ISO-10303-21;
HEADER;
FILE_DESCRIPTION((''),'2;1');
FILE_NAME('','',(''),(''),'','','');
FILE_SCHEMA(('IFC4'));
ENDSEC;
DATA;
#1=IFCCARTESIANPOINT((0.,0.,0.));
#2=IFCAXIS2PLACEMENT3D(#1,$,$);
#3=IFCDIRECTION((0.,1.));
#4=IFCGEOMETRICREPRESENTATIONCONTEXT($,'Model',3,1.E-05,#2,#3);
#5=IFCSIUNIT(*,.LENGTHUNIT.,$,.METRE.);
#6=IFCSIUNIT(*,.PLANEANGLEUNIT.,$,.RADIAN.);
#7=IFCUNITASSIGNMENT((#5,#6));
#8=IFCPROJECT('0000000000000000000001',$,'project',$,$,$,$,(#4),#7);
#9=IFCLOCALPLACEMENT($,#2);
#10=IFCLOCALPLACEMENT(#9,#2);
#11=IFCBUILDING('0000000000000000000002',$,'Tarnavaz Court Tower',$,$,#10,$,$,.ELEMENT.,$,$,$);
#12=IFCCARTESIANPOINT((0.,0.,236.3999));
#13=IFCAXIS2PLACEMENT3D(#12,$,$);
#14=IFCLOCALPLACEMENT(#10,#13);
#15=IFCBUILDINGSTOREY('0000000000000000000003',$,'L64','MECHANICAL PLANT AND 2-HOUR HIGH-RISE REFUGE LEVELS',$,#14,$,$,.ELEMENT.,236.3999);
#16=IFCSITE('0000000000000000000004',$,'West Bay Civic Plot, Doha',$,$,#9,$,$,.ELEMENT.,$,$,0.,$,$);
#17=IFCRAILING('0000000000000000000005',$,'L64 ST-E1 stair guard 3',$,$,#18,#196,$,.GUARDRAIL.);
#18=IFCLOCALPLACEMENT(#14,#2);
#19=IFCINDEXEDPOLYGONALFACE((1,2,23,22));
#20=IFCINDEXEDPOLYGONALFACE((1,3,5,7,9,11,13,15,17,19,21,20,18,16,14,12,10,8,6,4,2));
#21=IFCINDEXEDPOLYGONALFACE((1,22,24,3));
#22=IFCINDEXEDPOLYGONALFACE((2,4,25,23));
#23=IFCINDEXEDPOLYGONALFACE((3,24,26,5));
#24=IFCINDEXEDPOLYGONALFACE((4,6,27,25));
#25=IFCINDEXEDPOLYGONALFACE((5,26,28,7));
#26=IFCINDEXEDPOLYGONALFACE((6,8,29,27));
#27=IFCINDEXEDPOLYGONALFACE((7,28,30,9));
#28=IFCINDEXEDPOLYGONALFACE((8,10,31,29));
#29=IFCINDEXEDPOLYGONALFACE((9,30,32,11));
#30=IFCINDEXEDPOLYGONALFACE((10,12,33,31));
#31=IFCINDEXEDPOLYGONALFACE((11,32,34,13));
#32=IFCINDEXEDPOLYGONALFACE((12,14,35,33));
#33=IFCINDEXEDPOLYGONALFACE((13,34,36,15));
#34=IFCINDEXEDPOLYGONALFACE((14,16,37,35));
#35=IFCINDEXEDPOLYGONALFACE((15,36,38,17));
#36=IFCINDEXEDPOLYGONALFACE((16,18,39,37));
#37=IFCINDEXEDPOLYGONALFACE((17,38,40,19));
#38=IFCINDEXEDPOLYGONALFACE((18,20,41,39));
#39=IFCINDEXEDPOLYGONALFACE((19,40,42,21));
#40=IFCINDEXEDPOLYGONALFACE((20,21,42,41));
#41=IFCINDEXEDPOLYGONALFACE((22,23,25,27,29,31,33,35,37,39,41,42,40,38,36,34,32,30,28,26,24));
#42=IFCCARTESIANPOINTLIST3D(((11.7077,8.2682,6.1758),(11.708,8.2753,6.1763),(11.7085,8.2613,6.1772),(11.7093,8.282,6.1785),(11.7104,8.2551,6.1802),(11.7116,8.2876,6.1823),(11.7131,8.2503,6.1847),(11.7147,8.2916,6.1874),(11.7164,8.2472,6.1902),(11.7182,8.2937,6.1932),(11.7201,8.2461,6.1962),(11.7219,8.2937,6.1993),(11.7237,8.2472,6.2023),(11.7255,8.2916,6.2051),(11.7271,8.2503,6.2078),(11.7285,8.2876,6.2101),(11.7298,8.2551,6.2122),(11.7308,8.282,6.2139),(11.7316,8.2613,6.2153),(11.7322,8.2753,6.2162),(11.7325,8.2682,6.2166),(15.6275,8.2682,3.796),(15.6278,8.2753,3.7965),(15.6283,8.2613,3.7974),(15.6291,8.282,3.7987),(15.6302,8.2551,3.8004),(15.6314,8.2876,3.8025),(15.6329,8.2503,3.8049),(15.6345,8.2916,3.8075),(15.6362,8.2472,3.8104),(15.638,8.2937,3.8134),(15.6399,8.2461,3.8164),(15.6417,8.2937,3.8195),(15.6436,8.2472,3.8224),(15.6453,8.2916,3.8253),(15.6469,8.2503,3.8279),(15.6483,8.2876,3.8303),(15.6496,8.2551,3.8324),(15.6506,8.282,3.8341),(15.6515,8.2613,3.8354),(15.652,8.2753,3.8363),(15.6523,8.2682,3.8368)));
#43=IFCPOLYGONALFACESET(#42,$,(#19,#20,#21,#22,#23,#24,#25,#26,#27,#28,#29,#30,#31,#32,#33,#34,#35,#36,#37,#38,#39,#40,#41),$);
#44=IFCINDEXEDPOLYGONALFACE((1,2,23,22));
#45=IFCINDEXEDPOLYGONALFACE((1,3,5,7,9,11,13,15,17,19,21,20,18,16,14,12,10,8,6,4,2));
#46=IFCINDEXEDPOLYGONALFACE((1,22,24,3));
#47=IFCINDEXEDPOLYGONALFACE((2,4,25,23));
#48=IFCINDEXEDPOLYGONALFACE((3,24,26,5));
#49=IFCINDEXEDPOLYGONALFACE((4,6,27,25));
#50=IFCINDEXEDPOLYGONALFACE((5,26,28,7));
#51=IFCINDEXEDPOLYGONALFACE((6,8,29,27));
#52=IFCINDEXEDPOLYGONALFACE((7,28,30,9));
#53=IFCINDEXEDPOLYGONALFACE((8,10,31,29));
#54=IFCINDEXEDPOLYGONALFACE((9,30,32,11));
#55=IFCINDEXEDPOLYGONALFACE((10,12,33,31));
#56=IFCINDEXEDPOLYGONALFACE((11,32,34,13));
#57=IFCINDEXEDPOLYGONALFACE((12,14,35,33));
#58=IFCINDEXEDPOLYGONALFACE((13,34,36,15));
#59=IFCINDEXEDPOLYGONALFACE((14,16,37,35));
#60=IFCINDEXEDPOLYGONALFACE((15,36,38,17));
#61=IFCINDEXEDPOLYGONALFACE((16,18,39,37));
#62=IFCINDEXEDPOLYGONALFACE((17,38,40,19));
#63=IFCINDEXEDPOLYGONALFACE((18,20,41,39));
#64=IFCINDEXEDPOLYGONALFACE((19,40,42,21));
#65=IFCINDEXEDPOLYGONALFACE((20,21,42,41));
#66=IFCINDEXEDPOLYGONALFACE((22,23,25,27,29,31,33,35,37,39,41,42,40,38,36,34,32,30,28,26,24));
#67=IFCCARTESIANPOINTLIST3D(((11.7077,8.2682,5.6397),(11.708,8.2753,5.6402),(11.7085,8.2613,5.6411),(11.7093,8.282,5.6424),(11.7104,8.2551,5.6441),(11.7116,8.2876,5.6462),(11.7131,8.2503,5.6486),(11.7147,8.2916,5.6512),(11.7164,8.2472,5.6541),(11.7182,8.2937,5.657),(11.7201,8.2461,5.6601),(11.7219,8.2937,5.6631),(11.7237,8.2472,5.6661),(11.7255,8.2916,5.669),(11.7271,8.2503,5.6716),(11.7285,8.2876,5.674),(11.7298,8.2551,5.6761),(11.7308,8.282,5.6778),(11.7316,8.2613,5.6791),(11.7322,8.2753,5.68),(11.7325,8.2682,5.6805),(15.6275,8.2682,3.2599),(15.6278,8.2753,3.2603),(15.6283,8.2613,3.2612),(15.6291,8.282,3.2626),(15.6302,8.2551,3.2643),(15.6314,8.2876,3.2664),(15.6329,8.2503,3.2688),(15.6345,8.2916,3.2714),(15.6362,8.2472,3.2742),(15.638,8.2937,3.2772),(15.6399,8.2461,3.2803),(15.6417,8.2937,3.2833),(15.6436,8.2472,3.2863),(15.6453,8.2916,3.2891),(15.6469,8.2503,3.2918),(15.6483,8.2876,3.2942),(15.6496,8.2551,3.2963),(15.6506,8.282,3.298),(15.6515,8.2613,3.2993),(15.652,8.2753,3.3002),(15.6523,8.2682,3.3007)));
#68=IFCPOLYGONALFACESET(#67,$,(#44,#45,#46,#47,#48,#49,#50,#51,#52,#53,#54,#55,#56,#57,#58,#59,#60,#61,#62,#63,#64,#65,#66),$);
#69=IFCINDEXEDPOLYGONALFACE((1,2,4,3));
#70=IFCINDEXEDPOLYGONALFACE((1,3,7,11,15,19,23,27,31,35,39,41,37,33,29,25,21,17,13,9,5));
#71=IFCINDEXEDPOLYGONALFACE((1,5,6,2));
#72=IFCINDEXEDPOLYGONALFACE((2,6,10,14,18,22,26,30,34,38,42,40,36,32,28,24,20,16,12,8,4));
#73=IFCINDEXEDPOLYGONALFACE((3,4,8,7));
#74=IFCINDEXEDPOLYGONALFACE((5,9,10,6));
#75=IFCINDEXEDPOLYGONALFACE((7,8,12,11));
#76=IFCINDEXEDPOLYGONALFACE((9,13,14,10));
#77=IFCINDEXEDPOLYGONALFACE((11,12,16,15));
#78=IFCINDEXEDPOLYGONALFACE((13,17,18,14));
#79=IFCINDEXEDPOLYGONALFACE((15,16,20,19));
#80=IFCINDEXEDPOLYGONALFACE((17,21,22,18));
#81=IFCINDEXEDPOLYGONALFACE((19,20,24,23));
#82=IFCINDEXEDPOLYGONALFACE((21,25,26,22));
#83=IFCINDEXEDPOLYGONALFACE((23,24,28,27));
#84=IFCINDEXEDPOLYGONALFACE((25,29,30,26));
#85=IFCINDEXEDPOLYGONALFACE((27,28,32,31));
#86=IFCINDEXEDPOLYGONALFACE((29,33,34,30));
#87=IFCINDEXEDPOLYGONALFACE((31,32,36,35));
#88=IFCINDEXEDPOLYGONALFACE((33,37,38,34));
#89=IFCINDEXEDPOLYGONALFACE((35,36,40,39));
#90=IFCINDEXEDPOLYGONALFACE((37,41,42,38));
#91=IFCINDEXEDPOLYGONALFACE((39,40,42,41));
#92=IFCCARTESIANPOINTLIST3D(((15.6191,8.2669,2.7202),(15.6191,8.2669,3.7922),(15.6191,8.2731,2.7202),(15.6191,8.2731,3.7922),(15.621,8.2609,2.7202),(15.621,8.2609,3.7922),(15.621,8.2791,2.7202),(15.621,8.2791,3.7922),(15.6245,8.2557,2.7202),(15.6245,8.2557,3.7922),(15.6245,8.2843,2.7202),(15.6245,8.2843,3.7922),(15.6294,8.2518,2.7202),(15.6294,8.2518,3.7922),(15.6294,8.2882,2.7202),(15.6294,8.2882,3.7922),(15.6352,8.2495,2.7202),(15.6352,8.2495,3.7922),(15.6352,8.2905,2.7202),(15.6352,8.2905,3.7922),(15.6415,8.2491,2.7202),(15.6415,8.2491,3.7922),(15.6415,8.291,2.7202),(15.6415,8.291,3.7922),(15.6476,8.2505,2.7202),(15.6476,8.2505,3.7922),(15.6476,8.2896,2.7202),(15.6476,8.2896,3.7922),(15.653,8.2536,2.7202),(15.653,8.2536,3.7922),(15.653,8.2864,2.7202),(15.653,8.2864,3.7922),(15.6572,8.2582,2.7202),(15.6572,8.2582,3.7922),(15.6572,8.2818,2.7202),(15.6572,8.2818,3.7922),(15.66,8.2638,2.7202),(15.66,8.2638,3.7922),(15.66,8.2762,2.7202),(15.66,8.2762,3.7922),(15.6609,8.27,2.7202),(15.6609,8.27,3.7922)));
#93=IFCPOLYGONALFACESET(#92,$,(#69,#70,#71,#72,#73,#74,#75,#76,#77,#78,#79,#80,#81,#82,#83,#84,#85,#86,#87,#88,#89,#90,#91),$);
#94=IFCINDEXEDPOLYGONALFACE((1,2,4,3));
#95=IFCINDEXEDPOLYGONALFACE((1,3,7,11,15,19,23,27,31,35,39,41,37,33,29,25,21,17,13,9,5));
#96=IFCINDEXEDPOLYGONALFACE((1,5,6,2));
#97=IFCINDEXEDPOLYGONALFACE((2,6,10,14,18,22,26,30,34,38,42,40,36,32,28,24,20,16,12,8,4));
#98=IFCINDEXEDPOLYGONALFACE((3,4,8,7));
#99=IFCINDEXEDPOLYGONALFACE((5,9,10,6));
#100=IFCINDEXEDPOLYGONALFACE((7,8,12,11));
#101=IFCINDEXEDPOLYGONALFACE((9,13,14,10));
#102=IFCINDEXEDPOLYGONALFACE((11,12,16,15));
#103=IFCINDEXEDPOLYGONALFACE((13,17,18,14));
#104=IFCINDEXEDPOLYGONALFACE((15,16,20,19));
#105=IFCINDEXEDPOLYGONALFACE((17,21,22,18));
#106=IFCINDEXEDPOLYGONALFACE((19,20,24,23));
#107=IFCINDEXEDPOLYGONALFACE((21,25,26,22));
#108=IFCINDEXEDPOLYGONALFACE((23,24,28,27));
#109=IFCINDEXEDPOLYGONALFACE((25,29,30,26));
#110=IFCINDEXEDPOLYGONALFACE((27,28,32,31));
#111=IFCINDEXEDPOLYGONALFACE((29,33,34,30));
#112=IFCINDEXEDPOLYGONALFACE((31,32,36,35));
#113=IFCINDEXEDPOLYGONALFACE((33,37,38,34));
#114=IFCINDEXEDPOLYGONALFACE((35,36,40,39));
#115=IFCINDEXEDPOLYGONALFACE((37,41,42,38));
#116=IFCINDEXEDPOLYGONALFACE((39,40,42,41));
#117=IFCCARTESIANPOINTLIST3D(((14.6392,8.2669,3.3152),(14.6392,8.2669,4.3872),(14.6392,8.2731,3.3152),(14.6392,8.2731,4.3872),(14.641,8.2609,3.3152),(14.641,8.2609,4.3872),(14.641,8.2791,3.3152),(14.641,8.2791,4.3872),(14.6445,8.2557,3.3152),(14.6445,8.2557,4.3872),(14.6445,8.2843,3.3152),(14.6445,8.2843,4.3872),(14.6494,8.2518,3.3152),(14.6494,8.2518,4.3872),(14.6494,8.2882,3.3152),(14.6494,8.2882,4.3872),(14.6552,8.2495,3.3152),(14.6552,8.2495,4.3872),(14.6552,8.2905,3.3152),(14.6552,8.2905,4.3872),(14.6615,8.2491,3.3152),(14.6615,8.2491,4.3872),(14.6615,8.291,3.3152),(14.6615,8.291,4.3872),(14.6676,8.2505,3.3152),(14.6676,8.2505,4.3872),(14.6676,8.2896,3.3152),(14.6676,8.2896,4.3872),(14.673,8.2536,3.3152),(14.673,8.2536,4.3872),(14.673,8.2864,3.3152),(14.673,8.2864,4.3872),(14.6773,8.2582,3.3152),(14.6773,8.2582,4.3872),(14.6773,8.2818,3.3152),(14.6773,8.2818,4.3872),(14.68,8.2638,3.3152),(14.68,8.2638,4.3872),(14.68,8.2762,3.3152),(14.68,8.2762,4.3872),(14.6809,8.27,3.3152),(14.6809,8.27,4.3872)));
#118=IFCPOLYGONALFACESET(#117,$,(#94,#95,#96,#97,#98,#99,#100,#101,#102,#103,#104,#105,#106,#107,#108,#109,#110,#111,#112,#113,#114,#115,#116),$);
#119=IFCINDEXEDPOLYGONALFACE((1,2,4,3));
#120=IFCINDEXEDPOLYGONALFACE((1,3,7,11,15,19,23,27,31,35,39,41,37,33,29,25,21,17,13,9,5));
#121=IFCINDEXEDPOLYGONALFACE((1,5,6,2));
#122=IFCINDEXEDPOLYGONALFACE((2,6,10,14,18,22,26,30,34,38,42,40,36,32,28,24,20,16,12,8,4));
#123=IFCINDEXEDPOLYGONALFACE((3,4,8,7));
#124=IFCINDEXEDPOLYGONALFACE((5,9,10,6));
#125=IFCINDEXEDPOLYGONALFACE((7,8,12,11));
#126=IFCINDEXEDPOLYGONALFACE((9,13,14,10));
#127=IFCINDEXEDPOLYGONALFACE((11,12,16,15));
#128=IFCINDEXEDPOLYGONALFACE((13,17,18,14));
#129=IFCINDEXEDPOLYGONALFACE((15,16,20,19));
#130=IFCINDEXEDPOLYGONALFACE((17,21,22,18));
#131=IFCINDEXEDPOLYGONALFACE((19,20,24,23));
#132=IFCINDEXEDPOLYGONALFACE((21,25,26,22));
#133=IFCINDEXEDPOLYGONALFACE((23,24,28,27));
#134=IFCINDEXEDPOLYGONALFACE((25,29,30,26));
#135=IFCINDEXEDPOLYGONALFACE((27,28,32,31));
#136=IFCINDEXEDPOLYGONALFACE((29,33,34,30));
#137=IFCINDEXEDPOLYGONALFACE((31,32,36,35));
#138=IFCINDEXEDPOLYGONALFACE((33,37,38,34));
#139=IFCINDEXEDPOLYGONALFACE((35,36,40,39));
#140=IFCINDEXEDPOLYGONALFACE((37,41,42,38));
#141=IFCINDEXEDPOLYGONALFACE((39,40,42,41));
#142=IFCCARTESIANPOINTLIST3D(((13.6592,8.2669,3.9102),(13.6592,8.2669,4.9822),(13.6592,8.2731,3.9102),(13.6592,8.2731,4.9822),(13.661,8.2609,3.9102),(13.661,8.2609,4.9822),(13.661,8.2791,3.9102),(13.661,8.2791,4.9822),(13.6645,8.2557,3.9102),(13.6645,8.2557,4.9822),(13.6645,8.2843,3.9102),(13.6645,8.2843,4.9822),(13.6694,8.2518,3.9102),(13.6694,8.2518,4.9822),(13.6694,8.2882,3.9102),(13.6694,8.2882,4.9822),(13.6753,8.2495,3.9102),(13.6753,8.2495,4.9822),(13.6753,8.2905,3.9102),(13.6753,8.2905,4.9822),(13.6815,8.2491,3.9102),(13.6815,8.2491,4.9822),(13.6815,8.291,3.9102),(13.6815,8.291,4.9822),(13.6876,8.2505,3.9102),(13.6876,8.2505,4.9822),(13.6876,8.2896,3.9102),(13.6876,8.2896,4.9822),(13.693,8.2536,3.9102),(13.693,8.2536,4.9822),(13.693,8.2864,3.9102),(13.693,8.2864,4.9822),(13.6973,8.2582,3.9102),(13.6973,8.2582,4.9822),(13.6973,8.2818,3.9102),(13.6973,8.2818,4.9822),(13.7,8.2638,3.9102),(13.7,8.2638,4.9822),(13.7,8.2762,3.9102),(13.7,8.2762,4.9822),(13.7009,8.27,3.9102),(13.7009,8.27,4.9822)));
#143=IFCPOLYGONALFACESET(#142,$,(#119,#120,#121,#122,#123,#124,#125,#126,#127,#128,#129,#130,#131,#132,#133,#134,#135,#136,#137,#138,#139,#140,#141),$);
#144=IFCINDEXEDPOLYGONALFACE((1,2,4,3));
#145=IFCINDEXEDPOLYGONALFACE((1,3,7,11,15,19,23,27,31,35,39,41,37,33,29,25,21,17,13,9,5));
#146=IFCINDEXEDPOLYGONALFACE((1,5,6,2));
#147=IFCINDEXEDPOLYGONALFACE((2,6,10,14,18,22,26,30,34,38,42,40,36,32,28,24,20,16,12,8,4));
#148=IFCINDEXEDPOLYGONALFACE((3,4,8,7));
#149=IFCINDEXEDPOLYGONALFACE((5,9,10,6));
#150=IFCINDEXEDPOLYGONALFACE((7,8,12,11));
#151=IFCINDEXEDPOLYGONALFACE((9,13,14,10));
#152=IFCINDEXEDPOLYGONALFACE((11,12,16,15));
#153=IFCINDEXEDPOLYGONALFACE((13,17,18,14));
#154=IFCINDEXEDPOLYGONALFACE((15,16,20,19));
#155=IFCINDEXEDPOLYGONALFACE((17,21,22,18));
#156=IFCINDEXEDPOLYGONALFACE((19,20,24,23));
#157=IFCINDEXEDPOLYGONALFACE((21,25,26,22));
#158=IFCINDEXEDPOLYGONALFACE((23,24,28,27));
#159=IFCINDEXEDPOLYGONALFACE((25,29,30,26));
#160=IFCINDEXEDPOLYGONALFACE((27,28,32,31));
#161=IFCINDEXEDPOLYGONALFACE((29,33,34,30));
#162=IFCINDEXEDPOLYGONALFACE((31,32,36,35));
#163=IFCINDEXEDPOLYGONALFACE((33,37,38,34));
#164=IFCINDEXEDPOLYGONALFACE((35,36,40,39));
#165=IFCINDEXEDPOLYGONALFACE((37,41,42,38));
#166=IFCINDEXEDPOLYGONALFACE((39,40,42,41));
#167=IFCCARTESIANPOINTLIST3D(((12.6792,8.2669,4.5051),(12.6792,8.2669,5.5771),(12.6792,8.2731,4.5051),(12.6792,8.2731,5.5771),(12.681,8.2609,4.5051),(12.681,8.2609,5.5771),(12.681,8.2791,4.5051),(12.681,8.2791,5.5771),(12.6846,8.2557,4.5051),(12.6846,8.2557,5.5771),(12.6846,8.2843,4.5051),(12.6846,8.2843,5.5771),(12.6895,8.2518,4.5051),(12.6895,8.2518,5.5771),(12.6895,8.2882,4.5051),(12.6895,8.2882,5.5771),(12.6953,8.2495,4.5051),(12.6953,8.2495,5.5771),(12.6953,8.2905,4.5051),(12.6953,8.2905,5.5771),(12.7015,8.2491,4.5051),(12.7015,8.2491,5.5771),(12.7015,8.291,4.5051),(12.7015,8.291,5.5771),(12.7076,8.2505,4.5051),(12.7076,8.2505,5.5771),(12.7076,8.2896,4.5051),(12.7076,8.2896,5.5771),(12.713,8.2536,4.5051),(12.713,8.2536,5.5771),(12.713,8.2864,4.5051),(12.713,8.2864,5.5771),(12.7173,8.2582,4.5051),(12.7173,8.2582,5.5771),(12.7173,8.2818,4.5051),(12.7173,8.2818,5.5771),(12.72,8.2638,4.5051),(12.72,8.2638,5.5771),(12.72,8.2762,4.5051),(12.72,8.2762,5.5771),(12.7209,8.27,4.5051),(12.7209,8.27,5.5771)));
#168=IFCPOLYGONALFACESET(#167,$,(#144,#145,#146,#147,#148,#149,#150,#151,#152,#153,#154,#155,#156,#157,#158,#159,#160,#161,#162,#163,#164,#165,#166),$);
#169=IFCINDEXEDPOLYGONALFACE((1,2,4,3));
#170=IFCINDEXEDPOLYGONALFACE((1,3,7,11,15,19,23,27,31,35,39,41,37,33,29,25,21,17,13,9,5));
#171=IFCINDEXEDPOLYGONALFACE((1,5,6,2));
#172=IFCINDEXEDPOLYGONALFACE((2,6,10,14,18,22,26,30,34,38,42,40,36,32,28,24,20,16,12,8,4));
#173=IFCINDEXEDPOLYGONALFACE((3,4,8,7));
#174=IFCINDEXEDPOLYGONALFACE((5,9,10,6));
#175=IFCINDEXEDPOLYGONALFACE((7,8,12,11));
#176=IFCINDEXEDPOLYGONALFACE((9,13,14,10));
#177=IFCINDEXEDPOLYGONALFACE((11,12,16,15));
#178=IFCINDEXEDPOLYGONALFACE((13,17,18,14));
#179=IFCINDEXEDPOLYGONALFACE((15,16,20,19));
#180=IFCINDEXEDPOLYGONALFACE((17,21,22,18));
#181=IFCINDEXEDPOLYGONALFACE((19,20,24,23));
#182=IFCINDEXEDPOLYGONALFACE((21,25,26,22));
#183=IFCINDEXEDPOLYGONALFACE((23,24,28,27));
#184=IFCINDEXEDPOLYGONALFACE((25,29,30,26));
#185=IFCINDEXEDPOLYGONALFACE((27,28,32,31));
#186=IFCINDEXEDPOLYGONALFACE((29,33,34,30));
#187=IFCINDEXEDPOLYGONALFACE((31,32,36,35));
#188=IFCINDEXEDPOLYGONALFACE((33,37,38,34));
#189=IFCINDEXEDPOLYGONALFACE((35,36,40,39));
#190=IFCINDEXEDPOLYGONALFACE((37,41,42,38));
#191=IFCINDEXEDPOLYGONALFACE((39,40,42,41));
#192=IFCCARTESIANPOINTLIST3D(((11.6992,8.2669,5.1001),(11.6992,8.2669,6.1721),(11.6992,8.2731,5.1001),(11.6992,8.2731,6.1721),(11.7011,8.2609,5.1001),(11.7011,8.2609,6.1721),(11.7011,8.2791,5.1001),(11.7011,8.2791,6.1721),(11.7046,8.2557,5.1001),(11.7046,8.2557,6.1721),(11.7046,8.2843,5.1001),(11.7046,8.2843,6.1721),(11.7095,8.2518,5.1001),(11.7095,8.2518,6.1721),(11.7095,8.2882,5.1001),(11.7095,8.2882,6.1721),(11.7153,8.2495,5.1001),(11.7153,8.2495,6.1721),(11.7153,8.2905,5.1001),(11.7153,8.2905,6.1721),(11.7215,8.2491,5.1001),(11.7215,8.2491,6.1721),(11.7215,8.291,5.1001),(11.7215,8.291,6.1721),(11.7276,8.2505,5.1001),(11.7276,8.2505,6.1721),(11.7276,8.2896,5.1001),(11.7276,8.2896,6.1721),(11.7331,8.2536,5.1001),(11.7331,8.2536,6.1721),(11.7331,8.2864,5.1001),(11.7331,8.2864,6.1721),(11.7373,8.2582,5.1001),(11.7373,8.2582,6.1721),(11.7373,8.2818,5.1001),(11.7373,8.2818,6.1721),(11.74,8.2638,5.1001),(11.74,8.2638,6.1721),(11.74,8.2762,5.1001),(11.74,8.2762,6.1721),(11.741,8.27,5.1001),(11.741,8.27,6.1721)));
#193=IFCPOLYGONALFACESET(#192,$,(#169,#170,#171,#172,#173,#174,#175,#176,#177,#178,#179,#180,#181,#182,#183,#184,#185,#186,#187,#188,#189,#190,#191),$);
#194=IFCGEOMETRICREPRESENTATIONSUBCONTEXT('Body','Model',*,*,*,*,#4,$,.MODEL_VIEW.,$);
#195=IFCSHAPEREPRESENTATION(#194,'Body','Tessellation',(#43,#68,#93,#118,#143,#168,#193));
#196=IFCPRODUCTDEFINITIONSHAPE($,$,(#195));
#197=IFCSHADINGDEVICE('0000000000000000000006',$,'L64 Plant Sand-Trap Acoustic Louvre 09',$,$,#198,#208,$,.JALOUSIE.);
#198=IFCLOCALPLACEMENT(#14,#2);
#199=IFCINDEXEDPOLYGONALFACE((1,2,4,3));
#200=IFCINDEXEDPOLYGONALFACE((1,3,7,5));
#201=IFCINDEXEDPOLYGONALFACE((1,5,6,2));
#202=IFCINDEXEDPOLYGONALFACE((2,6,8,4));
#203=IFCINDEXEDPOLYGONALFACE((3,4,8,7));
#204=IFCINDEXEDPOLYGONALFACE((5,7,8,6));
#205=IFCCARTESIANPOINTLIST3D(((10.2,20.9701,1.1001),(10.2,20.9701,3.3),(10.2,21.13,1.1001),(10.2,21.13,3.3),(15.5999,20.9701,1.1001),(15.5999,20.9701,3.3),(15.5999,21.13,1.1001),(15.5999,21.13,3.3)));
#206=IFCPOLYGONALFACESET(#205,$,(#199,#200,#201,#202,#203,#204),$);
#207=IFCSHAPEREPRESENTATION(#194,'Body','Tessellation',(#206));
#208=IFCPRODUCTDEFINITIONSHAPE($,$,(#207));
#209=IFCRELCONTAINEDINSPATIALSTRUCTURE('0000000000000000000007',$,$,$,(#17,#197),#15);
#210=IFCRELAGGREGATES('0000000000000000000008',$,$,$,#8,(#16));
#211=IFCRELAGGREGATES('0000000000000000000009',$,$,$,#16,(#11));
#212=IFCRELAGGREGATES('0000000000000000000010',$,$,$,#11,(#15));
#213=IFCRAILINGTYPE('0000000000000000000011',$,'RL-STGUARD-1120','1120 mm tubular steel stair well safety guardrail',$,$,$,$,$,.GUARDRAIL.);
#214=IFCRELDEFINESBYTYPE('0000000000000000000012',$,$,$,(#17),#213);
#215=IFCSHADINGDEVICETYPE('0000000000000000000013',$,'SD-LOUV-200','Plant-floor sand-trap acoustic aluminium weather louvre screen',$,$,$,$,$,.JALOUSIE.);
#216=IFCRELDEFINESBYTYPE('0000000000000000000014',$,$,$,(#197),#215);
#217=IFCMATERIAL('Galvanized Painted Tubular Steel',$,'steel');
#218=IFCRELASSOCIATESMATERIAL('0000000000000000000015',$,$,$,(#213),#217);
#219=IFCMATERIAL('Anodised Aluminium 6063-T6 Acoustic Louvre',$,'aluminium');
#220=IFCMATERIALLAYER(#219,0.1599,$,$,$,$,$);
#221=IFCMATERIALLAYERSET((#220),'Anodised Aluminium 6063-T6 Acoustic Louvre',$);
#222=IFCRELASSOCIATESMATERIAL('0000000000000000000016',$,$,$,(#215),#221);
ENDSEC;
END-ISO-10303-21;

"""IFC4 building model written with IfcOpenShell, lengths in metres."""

from ifc_helpers import new_model, si_unit, direction, frame, origin, origin_2d, place, context, subcontext, project, spatial, rectangle, circle, extrude, material, layer, layer_set, type_object, element, save


model = new_model("IFC4")

# Units and contexts
model_context = context("Model", 3, precision=1e-05, world=origin(), true_north=direction((0.0, 1.0)))
body_context = subcontext(model_context, "Body", "Model", "MODEL_VIEW")
ifc_project = project(units=[si_unit("LENGTHUNIT", "METRE"), si_unit("PLANEANGLEUNIT", "RADIAN")], contexts=[model_context])

# Site, building, storey
site_placement = place(None, origin())
site = spatial("IfcSite", under=ifc_project, at=site_placement, Name="West Bay Civic Plot, Doha", CompositionType="ELEMENT", RefElevation=0.0)
building_placement = place(site_placement, origin())
building = spatial("IfcBuilding", under=site, at=building_placement, Name="Tarnavaz Court Tower", CompositionType="ELEMENT")
storey_placement = place(building_placement, frame((0.0, 0.0, 236.3999)))
storey = spatial("IfcBuildingStorey", under=building, at=storey_placement, Name="L64", Description="MECHANICAL PLANT AND 2-HOUR HIGH-RISE REFUGE LEVELS", CompositionType="ELEMENT", Elevation=236.3999)

# Railing
ifc_material_1 = material(Name="Galvanized Painted Tubular Steel", Category="steel")
railing_type_1 = type_object("IfcRailingType", Name="RL-STGUARD-1120", Description="1120 mm tubular steel stair well safety guardrail", PredefinedType="GUARDRAIL", material=ifc_material_1)
railing_1_placement = place(storey_placement, frame((15.6399, 8.27, 2.7202)))
element("IfcRailing", 1, at=railing_1_placement, inside=storey, type_object=railing_type_1, Name="L64 ST-E1 stair guard 3", PredefinedType="GUARDRAIL", context=body_context, shape_type="SweptSolid", body=[
    extrude(circle(Radius=0.0239, at=origin_2d()), frame((0.0, 0.0, 1.0962), z_axis=(-0.854794, 0.0, 0.518967), x_axis=(0.0, -1.0, 0.0)), (0.0, 0.0, 1.0), 4.5857),
    extrude(circle(Radius=0.0239, at=origin_2d()), frame((0.0, 0.0, 0.5601), z_axis=(-0.854794, 0.0, 0.518967), x_axis=(0.0, -1.0, 0.0)), (0.0, 0.0, 1.0), 4.5857),
    extrude(circle(Radius=0.021, at=origin_2d()), origin(), (0.0, 0.0, 1.0), 1.072),
    extrude(circle(Radius=0.021, at=origin_2d()), frame((-0.98, 0.0, 0.595)), (0.0, 0.0, 1.0), 1.072),
    extrude(circle(Radius=0.021, at=origin_2d()), frame((-1.96, 0.0, 1.1899)), (0.0, 0.0, 1.0), 1.072),
    extrude(circle(Radius=0.021, at=origin_2d()), frame((-2.9399, 0.0, 1.7849)), (0.0, 0.0, 1.0), 1.072),
    extrude(circle(Radius=0.021, at=origin_2d()), frame((-3.9199, 0.0, 2.3799)), (0.0, 0.0, 1.0), 1.072),
])

# Shading device
ifc_material_2 = material(Name="Anodised Aluminium 6063-T6 Acoustic Louvre", Category="aluminium")
ifc_layer_1 = layer(ifc_material_2, 0.1599)
ifc_layer_set_1 = layer_set([ifc_layer_1], Name="Anodised Aluminium 6063-T6 Acoustic Louvre")
shading_device_type = type_object("IfcShadingDeviceType", Name="SD-LOUV-200", Description="Plant-floor sand-trap acoustic aluminium weather louvre screen", PredefinedType="JALOUSIE", material=ifc_layer_set_1)
shading_device_placement = place(storey_placement, frame((12.8999, 21.05, 1.1001), z_axis=(0.0, 0.0, 1.0), x_axis=(1.0, 0.0, 0.0)))
element("IfcShadingDevice", 2, at=shading_device_placement, inside=storey, type_object=shading_device_type, Name="L64 Plant Sand-Trap Acoustic Louvre 09", PredefinedType="JALOUSIE", context=body_context, shape_type="SweptSolid", body=[
    extrude(rectangle(XDim=5.3999, YDim=0.1599, at=origin_2d()), origin(), (0.0, 0.0, 1.0), 2.2),
])

save(model, "model.ifc")
